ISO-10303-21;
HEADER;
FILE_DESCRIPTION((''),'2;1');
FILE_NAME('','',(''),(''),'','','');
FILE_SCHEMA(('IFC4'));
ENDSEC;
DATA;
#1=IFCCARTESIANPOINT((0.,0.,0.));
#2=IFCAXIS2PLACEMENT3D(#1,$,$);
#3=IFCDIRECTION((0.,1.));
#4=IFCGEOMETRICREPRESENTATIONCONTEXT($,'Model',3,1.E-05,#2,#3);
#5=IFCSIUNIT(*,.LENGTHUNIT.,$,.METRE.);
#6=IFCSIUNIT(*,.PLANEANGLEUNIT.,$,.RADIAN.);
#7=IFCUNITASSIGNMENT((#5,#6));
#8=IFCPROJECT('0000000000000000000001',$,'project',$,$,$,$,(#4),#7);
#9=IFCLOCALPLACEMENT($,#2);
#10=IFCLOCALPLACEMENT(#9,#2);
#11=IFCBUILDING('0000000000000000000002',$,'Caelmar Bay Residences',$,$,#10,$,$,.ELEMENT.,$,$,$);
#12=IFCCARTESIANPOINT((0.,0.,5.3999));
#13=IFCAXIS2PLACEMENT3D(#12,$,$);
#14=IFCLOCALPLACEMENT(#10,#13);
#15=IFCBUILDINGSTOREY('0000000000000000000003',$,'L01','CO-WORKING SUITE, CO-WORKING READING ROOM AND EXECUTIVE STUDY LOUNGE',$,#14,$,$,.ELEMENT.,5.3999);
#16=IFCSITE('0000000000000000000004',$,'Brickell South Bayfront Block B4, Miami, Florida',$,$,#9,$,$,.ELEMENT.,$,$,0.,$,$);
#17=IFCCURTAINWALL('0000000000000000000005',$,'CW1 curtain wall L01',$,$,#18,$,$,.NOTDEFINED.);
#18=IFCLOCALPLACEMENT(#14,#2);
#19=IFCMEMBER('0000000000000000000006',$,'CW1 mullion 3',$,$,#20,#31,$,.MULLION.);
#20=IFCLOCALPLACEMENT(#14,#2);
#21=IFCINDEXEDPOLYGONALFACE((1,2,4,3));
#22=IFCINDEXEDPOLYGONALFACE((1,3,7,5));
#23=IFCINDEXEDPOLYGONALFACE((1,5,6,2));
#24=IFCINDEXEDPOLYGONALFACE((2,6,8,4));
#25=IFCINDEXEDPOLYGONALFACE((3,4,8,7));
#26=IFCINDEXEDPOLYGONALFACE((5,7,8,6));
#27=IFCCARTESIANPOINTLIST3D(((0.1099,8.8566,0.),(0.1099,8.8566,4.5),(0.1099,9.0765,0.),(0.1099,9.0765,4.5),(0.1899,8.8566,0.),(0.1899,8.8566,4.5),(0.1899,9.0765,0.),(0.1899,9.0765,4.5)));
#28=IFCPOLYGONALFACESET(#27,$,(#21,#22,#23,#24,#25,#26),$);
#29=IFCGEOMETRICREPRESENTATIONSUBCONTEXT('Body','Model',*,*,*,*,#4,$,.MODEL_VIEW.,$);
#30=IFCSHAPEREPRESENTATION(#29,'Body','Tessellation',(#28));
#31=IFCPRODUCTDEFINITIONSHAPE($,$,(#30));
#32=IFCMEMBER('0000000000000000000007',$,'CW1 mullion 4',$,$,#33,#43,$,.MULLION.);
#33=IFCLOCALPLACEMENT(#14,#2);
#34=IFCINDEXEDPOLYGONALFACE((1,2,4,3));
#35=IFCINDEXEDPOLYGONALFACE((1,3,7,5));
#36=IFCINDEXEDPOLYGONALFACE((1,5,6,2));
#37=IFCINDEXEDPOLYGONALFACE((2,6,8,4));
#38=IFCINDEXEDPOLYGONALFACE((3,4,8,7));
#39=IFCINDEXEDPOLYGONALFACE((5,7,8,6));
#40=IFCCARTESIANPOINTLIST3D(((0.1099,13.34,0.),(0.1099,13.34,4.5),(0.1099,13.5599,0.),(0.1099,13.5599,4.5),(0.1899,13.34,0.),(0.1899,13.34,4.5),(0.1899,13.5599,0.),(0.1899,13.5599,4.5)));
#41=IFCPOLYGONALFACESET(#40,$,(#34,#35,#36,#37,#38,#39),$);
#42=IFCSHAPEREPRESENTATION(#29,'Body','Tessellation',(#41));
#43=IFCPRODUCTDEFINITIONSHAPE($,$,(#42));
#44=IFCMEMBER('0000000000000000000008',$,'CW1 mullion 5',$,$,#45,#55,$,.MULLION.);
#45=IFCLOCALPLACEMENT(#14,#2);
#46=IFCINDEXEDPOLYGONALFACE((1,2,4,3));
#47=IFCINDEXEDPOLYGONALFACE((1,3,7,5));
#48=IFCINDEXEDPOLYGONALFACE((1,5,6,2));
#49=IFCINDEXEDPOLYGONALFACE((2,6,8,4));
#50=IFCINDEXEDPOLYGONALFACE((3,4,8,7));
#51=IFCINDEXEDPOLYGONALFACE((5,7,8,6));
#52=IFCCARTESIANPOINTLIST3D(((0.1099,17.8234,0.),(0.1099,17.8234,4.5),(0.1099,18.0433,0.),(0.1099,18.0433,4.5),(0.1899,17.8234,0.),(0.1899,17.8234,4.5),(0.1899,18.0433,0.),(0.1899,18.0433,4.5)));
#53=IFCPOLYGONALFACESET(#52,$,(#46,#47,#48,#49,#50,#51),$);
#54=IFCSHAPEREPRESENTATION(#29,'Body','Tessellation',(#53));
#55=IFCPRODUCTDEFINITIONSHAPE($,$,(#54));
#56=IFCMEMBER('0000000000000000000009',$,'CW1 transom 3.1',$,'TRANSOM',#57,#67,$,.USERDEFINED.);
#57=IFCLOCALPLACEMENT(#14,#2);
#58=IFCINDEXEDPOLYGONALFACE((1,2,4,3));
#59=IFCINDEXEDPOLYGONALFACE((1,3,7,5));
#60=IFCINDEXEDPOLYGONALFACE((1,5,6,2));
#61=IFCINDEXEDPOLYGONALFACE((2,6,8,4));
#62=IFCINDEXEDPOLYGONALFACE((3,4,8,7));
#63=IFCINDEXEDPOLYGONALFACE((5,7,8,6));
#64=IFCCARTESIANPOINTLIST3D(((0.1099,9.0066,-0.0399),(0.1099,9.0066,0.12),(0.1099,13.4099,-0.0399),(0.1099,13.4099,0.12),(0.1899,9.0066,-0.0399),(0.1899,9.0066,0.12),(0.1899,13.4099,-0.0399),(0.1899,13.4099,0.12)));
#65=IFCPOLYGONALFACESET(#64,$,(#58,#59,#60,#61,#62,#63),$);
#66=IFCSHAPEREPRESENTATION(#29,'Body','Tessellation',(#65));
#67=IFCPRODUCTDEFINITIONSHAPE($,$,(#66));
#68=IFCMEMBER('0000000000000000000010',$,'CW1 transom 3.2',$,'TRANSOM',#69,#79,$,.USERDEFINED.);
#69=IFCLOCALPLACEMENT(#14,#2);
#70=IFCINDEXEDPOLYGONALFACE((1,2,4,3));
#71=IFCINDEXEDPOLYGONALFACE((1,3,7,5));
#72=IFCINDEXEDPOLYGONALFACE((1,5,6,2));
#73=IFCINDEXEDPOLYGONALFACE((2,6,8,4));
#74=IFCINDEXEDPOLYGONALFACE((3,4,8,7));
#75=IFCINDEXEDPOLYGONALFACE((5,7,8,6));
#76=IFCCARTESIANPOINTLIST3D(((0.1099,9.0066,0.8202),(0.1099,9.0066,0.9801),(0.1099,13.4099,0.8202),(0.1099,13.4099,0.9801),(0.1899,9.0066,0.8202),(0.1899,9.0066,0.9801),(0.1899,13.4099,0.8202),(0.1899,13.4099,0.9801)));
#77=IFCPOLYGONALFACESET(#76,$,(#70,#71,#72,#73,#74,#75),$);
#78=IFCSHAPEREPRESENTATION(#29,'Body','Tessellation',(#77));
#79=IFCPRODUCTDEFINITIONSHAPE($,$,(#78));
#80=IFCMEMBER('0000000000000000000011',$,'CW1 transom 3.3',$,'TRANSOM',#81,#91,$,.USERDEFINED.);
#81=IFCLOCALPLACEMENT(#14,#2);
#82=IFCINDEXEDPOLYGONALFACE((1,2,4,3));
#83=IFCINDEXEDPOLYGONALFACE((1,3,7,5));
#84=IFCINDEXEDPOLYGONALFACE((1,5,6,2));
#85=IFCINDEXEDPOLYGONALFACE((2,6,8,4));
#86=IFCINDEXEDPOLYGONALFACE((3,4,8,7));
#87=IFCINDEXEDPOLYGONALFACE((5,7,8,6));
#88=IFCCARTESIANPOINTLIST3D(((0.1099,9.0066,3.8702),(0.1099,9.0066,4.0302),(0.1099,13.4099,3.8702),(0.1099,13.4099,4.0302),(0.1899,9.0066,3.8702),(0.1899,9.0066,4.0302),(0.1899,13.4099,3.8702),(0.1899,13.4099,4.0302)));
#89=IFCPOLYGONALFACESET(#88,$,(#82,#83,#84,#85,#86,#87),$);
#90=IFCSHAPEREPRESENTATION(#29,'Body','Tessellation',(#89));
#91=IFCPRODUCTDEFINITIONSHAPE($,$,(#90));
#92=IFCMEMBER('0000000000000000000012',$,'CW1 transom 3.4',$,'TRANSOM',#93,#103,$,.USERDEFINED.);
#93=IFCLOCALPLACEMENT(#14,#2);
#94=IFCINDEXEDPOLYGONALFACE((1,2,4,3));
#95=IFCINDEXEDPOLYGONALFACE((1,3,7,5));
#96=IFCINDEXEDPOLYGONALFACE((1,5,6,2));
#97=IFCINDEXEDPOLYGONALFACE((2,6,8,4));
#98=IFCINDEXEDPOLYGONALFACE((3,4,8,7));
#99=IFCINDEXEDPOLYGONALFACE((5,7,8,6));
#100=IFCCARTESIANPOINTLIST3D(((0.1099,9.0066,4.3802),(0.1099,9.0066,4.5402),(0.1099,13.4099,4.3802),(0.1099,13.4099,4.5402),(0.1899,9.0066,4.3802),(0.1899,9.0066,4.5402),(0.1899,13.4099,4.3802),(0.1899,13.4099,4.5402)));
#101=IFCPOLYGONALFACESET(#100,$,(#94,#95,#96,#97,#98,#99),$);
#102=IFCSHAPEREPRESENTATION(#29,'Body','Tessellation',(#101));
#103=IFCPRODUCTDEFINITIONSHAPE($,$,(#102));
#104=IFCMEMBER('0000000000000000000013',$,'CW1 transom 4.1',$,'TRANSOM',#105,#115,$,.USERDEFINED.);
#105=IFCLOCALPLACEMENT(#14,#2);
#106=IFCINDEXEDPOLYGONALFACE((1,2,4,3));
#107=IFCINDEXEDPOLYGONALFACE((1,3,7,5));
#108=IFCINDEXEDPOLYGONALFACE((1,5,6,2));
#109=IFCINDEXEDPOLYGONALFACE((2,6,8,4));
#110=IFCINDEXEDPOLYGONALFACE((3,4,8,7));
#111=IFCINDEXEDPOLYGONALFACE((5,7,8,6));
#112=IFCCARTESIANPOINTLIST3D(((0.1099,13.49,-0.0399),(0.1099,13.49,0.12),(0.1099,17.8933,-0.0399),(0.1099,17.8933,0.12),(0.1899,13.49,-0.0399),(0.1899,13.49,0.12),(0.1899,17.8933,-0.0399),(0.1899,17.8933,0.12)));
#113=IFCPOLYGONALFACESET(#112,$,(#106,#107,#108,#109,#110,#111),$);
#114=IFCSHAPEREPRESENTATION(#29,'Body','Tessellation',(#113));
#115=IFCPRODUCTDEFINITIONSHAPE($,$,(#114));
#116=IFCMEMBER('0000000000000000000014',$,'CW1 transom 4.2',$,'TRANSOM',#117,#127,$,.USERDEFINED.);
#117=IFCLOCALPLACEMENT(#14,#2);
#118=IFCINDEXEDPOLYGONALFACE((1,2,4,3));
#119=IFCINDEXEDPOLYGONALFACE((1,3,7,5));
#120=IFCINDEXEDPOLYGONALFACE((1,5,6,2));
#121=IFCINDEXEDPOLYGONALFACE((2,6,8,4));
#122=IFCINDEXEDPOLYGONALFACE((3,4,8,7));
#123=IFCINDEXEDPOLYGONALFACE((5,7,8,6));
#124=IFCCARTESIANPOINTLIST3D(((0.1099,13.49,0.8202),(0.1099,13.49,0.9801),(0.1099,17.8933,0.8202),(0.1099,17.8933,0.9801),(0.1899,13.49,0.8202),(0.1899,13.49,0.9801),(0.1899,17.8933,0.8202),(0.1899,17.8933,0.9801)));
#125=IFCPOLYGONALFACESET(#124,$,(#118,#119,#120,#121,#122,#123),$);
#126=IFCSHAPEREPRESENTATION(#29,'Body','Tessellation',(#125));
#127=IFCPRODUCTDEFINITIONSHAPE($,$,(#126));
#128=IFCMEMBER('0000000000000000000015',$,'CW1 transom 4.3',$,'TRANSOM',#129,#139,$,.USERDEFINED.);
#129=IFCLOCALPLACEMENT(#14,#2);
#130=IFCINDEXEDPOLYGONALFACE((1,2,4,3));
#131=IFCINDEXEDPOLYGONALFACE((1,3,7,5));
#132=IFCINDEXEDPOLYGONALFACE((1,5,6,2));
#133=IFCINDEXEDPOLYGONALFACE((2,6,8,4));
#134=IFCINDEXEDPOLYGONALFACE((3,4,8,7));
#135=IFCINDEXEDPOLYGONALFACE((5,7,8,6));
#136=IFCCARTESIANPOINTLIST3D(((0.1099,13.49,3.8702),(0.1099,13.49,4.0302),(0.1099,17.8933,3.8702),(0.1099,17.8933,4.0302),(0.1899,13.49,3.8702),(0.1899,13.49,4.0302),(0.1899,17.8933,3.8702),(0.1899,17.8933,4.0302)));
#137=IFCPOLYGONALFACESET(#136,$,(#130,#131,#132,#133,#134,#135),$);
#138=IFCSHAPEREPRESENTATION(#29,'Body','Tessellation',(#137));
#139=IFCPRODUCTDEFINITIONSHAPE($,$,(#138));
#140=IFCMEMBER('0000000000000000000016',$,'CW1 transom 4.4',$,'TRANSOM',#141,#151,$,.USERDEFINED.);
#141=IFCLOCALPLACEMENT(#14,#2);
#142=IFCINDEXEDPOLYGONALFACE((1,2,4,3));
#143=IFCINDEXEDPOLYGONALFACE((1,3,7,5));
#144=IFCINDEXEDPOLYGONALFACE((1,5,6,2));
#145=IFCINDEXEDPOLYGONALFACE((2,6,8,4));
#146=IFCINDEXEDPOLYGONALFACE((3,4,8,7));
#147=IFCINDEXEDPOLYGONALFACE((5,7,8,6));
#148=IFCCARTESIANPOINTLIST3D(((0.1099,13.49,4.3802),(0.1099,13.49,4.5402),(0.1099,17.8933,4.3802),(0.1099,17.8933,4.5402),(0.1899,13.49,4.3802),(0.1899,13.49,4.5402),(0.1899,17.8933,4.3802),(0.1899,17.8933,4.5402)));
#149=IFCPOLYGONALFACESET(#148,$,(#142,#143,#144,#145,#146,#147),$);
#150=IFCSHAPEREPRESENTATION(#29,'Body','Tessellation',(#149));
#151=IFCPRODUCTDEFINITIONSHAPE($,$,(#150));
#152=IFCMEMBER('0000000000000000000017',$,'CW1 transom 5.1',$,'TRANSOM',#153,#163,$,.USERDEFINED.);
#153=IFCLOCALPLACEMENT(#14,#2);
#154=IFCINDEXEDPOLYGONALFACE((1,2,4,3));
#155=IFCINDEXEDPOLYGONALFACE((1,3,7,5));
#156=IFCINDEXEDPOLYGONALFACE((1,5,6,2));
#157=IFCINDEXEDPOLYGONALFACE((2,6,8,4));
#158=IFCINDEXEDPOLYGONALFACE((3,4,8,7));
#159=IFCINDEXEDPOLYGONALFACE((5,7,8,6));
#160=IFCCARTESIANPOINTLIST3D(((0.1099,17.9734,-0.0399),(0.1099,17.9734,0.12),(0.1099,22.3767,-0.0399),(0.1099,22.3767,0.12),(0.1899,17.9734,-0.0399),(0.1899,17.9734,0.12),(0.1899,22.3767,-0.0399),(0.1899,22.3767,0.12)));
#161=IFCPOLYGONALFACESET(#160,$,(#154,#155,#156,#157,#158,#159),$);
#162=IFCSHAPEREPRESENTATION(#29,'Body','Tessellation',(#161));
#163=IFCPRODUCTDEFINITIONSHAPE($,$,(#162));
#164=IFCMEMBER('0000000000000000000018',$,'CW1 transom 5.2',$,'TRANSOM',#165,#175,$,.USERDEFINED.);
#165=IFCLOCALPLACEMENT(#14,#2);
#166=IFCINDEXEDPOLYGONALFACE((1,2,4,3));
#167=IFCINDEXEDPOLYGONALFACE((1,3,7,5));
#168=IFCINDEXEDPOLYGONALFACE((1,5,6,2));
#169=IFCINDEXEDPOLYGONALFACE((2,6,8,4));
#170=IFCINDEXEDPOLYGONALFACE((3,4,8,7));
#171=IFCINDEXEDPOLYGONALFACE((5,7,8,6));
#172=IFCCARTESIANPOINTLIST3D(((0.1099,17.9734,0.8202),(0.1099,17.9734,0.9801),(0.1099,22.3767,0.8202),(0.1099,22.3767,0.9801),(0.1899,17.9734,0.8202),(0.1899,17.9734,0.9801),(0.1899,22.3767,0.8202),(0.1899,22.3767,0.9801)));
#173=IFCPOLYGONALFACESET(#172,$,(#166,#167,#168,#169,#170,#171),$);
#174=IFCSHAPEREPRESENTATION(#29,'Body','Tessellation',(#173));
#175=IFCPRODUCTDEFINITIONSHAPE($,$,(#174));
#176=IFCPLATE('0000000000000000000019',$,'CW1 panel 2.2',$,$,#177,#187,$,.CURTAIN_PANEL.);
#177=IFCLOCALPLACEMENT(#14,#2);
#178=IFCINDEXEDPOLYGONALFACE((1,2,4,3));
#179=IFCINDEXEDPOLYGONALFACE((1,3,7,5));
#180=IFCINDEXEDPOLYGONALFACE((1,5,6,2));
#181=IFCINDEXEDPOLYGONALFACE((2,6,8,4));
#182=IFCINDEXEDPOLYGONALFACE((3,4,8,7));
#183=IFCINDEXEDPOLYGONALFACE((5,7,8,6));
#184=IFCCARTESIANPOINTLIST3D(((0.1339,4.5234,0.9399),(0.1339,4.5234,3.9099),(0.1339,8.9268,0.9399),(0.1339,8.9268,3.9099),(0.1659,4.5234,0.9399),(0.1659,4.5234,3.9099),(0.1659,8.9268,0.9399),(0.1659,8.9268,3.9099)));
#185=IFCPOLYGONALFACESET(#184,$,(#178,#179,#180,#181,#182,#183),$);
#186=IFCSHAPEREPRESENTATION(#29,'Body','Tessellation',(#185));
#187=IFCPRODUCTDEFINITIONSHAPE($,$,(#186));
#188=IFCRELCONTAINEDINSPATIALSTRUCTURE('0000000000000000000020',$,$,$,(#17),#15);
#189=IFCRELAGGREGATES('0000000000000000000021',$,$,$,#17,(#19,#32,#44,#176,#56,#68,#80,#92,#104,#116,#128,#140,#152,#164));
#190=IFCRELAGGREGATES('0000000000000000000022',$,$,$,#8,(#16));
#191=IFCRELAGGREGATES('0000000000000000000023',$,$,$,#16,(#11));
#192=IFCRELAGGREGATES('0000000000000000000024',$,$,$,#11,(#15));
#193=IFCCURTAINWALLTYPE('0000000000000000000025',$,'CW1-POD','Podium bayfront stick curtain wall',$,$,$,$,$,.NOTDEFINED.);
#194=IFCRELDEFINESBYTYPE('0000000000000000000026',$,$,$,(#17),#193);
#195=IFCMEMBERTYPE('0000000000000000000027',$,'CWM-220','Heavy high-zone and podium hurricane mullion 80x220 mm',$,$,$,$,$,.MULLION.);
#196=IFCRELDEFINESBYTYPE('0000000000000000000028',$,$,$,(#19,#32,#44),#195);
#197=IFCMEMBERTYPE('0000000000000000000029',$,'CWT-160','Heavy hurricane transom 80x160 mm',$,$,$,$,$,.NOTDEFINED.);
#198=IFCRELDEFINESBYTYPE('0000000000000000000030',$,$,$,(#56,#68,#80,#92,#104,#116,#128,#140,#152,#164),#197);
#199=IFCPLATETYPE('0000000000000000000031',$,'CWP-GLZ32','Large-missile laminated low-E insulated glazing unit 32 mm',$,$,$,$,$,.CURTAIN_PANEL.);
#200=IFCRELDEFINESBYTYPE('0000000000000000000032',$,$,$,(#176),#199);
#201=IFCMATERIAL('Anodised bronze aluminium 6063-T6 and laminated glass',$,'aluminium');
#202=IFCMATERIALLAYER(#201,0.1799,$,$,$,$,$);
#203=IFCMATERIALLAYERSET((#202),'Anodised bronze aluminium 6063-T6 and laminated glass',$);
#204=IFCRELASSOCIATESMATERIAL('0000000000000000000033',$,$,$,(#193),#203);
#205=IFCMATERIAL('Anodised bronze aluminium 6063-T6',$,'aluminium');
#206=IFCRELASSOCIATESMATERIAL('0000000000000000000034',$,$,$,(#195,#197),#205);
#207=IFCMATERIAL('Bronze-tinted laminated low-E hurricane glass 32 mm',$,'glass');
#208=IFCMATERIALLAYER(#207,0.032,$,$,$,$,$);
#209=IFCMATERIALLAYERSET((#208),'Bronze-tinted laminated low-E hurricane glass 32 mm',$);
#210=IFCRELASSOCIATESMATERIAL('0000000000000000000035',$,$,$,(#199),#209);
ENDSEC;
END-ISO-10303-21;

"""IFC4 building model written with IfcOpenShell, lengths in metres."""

from ifc_helpers import new_model, si_unit, direction, frame, origin, origin_2d, place, context, subcontext, project, spatial, rectangle, extrude, material, layer, layer_set, material_profile, profile_set, type_object, element, aggregate, save


model = new_model("IFC4")

# Units and contexts
model_context = context("Model", 3, precision=1e-05, world=origin(), true_north=direction((0.0, 1.0)))
body_context = subcontext(model_context, "Body", "Model", "MODEL_VIEW")
ifc_project = project(units=[si_unit("LENGTHUNIT", "METRE"), si_unit("PLANEANGLEUNIT", "RADIAN")], contexts=[model_context])

# Site, building, storey
site_placement = place(None, origin())
site = spatial("IfcSite", under=ifc_project, at=site_placement, Name="Brickell South Bayfront Block B4, Miami, Florida", CompositionType="ELEMENT", RefElevation=0.0)
building_placement = place(site_placement, origin())
building = spatial("IfcBuilding", under=site, at=building_placement, Name="Caelmar Bay Residences", CompositionType="ELEMENT")
storey_placement = place(building_placement, frame((0.0, 0.0, 5.3999)))
storey = spatial("IfcBuildingStorey", under=building, at=storey_placement, Name="L01", Description="CO-WORKING SUITE, CO-WORKING READING ROOM AND EXECUTIVE STUDY LOUNGE", CompositionType="ELEMENT", Elevation=5.3999)

# Curtain wall, members, plate
ifc_material_1 = material(Name="Anodised bronze aluminium 6063-T6 and laminated glass", Category="aluminium")
ifc_layer_1 = layer(ifc_material_1, 0.1799)
ifc_layer_set_1 = layer_set([ifc_layer_1], Name="Anodised bronze aluminium 6063-T6 and laminated glass")
curtain_wall_type = type_object("IfcCurtainWallType", Name="CW1-POD", Description="Podium bayfront stick curtain wall", PredefinedType="NOTDEFINED", material=ifc_layer_set_1)
curtain_wall_placement = place(storey_placement, origin())
curtain_wall = element("IfcCurtainWall", 1, at=curtain_wall_placement, inside=storey, type_object=curtain_wall_type, Name="CW1 curtain wall L01", PredefinedType="NOTDEFINED")
ifc_material_2 = material(Name="Anodised bronze aluminium 6063-T6", Category="aluminium")
ifc_material_profile_1 = material_profile(ifc_material_2, rectangle(XDim=0.0801, YDim=0.22, at=origin_2d()), Name="CWM-80X220")
ifc_profile_set_1 = profile_set([ifc_material_profile_1], Name="Anodised bronze aluminium 6063-T6")
member_type_1 = type_object("IfcMemberType", Name="CWM-220", Description="Heavy high-zone and podium hurricane mullion 80x220 mm", PredefinedType="MULLION", material=ifc_profile_set_1)
member_1_placement = place(storey_placement, frame((0.1499, 8.9666, 0.0), z_axis=(0.0, 0.0, 1.0), x_axis=(-1.0, 0.0, 0.0)))
member_1 = element("IfcMember", 2, at=member_1_placement, type_object=member_type_1, Name="CW1 mullion 3", PredefinedType="MULLION", context=body_context, shape_type="SweptSolid", body=[
    extrude(rectangle(XDim=0.0801, YDim=0.22, at=origin_2d()), origin(), (0.0, 0.0, 1.0), 4.5),
])
member_2_placement = place(storey_placement, frame((0.1499, 13.45, 0.0), z_axis=(0.0, 0.0, 1.0), x_axis=(-1.0, 0.0, 0.0)))
member_2 = element("IfcMember", 3, at=member_2_placement, type_object=member_type_1, Name="CW1 mullion 4", PredefinedType="MULLION", context=body_context, shape_type="SweptSolid", body=[
    extrude(rectangle(XDim=0.0801, YDim=0.22, at=origin_2d()), origin(), (0.0, 0.0, 1.0), 4.5),
])
member_3_placement = place(storey_placement, frame((0.1499, 17.9333, 0.0), z_axis=(0.0, 0.0, 1.0), x_axis=(-1.0, 0.0, 0.0)))
member_3 = element("IfcMember", 4, at=member_3_placement, type_object=member_type_1, Name="CW1 mullion 5", PredefinedType="MULLION", context=body_context, shape_type="SweptSolid", body=[
    extrude(rectangle(XDim=0.0801, YDim=0.22, at=origin_2d()), origin(), (0.0, 0.0, 1.0), 4.5),
])
ifc_material_profile_2 = material_profile(ifc_material_2, rectangle(XDim=0.0801, YDim=0.1599, at=origin_2d()), Name="CWT-80X160")
ifc_profile_set_2 = profile_set([ifc_material_profile_2], Name="Anodised bronze aluminium 6063-T6")
member_type_2 = type_object("IfcMemberType", Name="CWT-160", Description="Heavy hurricane transom 80x160 mm", PredefinedType="NOTDEFINED", material=ifc_profile_set_2)
member_4_placement = place(storey_placement, frame((0.1499, 9.0066, 0.04), z_axis=(0.0, 1.0, 0.0), x_axis=(-1.0, 0.0, 0.0)))
member_4 = element("IfcMember", 5, at=member_4_placement, type_object=member_type_2, Name="CW1 transom 3.1", ObjectType="TRANSOM", PredefinedType="USERDEFINED", context=body_context, shape_type="SweptSolid", body=[
    extrude(rectangle(XDim=0.0801, YDim=0.1599, at=origin_2d()), origin(), (0.0, 0.0, 1.0), 4.4033),
])
member_5_placement = place(storey_placement, frame((0.1499, 9.0066, 0.9001), z_axis=(0.0, 1.0, 0.0), x_axis=(-1.0, 0.0, 0.0)))
member_5 = element("IfcMember", 6, at=member_5_placement, type_object=member_type_2, Name="CW1 transom 3.2", ObjectType="TRANSOM", PredefinedType="USERDEFINED", context=body_context, shape_type="SweptSolid", body=[
    extrude(rectangle(XDim=0.0801, YDim=0.1599, at=origin_2d()), origin(), (0.0, 0.0, 1.0), 4.4033),
])
member_6_placement = place(storey_placement, frame((0.1499, 9.0066, 3.9502), z_axis=(0.0, 1.0, 0.0), x_axis=(-1.0, 0.0, 0.0)))
member_6 = element("IfcMember", 7, at=member_6_placement, type_object=member_type_2, Name="CW1 transom 3.3", ObjectType="TRANSOM", PredefinedType="USERDEFINED", context=body_context, shape_type="SweptSolid", body=[
    extrude(rectangle(XDim=0.0801, YDim=0.1599, at=origin_2d()), origin(), (0.0, 0.0, 1.0), 4.4033),
])
member_7_placement = place(storey_placement, frame((0.1499, 9.0066, 4.4602), z_axis=(0.0, 1.0, 0.0), x_axis=(-1.0, 0.0, 0.0)))
member_7 = element("IfcMember", 8, at=member_7_placement, type_object=member_type_2, Name="CW1 transom 3.4", ObjectType="TRANSOM", PredefinedType="USERDEFINED", context=body_context, shape_type="SweptSolid", body=[
    extrude(rectangle(XDim=0.0801, YDim=0.1599, at=origin_2d()), origin(), (0.0, 0.0, 1.0), 4.4033),
])
member_8_placement = place(storey_placement, frame((0.1499, 13.49, 0.04), z_axis=(0.0, 1.0, 0.0), x_axis=(-1.0, 0.0, 0.0)))
member_8 = element("IfcMember", 9, at=member_8_placement, type_object=member_type_2, Name="CW1 transom 4.1", ObjectType="TRANSOM", PredefinedType="USERDEFINED", context=body_context, shape_type="SweptSolid", body=[
    extrude(rectangle(XDim=0.0801, YDim=0.1599, at=origin_2d()), origin(), (0.0, 0.0, 1.0), 4.4033),
])
member_9_placement = place(storey_placement, frame((0.1499, 13.49, 0.9001), z_axis=(0.0, 1.0, 0.0), x_axis=(-1.0, 0.0, 0.0)))
member_9 = element("IfcMember", 10, at=member_9_placement, type_object=member_type_2, Name="CW1 transom 4.2", ObjectType="TRANSOM", PredefinedType="USERDEFINED", context=body_context, shape_type="SweptSolid", body=[
    extrude(rectangle(XDim=0.0801, YDim=0.1599, at=origin_2d()), origin(), (0.0, 0.0, 1.0), 4.4033),
])
member_10_placement = place(storey_placement, frame((0.1499, 13.49, 3.9502), z_axis=(0.0, 1.0, 0.0), x_axis=(-1.0, 0.0, 0.0)))
member_10 = element("IfcMember", 11, at=member_10_placement, type_object=member_type_2, Name="CW1 transom 4.3", ObjectType="TRANSOM", PredefinedType="USERDEFINED", context=body_context, shape_type="SweptSolid", body=[
    extrude(rectangle(XDim=0.0801, YDim=0.1599, at=origin_2d()), origin(), (0.0, 0.0, 1.0), 4.4033),
])
member_11_placement = place(storey_placement, frame((0.1499, 13.49, 4.4602), z_axis=(0.0, 1.0, 0.0), x_axis=(-1.0, 0.0, 0.0)))
member_11 = element("IfcMember", 12, at=member_11_placement, type_object=member_type_2, Name="CW1 transom 4.4", ObjectType="TRANSOM", PredefinedType="USERDEFINED", context=body_context, shape_type="SweptSolid", body=[
    extrude(rectangle(XDim=0.0801, YDim=0.1599, at=origin_2d()), origin(), (0.0, 0.0, 1.0), 4.4033),
])
member_12_placement = place(storey_placement, frame((0.1499, 17.9734, 0.04), z_axis=(0.0, 1.0, 0.0), x_axis=(-1.0, 0.0, 0.0)))
member_12 = element("IfcMember", 13, at=member_12_placement, type_object=member_type_2, Name="CW1 transom 5.1", ObjectType="TRANSOM", PredefinedType="USERDEFINED", context=body_context, shape_type="SweptSolid", body=[
    extrude(rectangle(XDim=0.0801, YDim=0.1599, at=origin_2d()), origin(), (0.0, 0.0, 1.0), 4.4033),
])
member_13_placement = place(storey_placement, frame((0.1499, 17.9734, 0.9001), z_axis=(0.0, 1.0, 0.0), x_axis=(-1.0, 0.0, 0.0)))
member_13 = element("IfcMember", 14, at=member_13_placement, type_object=member_type_2, Name="CW1 transom 5.2", ObjectType="TRANSOM", PredefinedType="USERDEFINED", context=body_context, shape_type="SweptSolid", body=[
    extrude(rectangle(XDim=0.0801, YDim=0.1599, at=origin_2d()), origin(), (0.0, 0.0, 1.0), 4.4033),
])
ifc_material_3 = material(Name="Bronze-tinted laminated low-E hurricane glass 32 mm", Category="glass")
ifc_layer_2 = layer(ifc_material_3, 0.032)
ifc_layer_set_2 = layer_set([ifc_layer_2], Name="Bronze-tinted laminated low-E hurricane glass 32 mm")
plate_type = type_object("IfcPlateType", Name="CWP-GLZ32", Description="Large-missile laminated low-E insulated glazing unit 32 mm", PredefinedType="CURTAIN_PANEL", material=ifc_layer_set_2)
plate_1_placement = place(storey_placement, frame((0.1499, 6.7251, 0.9399), z_axis=(0.0, 0.0, 1.0), x_axis=(0.0, 1.0, 0.0)))
plate_1 = element("IfcPlate", 15, at=plate_1_placement, type_object=plate_type, Name="CW1 panel 2.2", PredefinedType="CURTAIN_PANEL", context=body_context, shape_type="SweptSolid", body=[
    extrude(rectangle(XDim=4.4033, YDim=0.032, at=origin_2d()), origin(), (0.0, 0.0, 1.0), 2.97),
])
aggregate(curtain_wall, [member_1, member_2, member_3, plate_1, member_4, member_5, member_6, member_7, member_8, member_9, member_10, member_11, member_12, member_13])

save(model, "model.ifc")
